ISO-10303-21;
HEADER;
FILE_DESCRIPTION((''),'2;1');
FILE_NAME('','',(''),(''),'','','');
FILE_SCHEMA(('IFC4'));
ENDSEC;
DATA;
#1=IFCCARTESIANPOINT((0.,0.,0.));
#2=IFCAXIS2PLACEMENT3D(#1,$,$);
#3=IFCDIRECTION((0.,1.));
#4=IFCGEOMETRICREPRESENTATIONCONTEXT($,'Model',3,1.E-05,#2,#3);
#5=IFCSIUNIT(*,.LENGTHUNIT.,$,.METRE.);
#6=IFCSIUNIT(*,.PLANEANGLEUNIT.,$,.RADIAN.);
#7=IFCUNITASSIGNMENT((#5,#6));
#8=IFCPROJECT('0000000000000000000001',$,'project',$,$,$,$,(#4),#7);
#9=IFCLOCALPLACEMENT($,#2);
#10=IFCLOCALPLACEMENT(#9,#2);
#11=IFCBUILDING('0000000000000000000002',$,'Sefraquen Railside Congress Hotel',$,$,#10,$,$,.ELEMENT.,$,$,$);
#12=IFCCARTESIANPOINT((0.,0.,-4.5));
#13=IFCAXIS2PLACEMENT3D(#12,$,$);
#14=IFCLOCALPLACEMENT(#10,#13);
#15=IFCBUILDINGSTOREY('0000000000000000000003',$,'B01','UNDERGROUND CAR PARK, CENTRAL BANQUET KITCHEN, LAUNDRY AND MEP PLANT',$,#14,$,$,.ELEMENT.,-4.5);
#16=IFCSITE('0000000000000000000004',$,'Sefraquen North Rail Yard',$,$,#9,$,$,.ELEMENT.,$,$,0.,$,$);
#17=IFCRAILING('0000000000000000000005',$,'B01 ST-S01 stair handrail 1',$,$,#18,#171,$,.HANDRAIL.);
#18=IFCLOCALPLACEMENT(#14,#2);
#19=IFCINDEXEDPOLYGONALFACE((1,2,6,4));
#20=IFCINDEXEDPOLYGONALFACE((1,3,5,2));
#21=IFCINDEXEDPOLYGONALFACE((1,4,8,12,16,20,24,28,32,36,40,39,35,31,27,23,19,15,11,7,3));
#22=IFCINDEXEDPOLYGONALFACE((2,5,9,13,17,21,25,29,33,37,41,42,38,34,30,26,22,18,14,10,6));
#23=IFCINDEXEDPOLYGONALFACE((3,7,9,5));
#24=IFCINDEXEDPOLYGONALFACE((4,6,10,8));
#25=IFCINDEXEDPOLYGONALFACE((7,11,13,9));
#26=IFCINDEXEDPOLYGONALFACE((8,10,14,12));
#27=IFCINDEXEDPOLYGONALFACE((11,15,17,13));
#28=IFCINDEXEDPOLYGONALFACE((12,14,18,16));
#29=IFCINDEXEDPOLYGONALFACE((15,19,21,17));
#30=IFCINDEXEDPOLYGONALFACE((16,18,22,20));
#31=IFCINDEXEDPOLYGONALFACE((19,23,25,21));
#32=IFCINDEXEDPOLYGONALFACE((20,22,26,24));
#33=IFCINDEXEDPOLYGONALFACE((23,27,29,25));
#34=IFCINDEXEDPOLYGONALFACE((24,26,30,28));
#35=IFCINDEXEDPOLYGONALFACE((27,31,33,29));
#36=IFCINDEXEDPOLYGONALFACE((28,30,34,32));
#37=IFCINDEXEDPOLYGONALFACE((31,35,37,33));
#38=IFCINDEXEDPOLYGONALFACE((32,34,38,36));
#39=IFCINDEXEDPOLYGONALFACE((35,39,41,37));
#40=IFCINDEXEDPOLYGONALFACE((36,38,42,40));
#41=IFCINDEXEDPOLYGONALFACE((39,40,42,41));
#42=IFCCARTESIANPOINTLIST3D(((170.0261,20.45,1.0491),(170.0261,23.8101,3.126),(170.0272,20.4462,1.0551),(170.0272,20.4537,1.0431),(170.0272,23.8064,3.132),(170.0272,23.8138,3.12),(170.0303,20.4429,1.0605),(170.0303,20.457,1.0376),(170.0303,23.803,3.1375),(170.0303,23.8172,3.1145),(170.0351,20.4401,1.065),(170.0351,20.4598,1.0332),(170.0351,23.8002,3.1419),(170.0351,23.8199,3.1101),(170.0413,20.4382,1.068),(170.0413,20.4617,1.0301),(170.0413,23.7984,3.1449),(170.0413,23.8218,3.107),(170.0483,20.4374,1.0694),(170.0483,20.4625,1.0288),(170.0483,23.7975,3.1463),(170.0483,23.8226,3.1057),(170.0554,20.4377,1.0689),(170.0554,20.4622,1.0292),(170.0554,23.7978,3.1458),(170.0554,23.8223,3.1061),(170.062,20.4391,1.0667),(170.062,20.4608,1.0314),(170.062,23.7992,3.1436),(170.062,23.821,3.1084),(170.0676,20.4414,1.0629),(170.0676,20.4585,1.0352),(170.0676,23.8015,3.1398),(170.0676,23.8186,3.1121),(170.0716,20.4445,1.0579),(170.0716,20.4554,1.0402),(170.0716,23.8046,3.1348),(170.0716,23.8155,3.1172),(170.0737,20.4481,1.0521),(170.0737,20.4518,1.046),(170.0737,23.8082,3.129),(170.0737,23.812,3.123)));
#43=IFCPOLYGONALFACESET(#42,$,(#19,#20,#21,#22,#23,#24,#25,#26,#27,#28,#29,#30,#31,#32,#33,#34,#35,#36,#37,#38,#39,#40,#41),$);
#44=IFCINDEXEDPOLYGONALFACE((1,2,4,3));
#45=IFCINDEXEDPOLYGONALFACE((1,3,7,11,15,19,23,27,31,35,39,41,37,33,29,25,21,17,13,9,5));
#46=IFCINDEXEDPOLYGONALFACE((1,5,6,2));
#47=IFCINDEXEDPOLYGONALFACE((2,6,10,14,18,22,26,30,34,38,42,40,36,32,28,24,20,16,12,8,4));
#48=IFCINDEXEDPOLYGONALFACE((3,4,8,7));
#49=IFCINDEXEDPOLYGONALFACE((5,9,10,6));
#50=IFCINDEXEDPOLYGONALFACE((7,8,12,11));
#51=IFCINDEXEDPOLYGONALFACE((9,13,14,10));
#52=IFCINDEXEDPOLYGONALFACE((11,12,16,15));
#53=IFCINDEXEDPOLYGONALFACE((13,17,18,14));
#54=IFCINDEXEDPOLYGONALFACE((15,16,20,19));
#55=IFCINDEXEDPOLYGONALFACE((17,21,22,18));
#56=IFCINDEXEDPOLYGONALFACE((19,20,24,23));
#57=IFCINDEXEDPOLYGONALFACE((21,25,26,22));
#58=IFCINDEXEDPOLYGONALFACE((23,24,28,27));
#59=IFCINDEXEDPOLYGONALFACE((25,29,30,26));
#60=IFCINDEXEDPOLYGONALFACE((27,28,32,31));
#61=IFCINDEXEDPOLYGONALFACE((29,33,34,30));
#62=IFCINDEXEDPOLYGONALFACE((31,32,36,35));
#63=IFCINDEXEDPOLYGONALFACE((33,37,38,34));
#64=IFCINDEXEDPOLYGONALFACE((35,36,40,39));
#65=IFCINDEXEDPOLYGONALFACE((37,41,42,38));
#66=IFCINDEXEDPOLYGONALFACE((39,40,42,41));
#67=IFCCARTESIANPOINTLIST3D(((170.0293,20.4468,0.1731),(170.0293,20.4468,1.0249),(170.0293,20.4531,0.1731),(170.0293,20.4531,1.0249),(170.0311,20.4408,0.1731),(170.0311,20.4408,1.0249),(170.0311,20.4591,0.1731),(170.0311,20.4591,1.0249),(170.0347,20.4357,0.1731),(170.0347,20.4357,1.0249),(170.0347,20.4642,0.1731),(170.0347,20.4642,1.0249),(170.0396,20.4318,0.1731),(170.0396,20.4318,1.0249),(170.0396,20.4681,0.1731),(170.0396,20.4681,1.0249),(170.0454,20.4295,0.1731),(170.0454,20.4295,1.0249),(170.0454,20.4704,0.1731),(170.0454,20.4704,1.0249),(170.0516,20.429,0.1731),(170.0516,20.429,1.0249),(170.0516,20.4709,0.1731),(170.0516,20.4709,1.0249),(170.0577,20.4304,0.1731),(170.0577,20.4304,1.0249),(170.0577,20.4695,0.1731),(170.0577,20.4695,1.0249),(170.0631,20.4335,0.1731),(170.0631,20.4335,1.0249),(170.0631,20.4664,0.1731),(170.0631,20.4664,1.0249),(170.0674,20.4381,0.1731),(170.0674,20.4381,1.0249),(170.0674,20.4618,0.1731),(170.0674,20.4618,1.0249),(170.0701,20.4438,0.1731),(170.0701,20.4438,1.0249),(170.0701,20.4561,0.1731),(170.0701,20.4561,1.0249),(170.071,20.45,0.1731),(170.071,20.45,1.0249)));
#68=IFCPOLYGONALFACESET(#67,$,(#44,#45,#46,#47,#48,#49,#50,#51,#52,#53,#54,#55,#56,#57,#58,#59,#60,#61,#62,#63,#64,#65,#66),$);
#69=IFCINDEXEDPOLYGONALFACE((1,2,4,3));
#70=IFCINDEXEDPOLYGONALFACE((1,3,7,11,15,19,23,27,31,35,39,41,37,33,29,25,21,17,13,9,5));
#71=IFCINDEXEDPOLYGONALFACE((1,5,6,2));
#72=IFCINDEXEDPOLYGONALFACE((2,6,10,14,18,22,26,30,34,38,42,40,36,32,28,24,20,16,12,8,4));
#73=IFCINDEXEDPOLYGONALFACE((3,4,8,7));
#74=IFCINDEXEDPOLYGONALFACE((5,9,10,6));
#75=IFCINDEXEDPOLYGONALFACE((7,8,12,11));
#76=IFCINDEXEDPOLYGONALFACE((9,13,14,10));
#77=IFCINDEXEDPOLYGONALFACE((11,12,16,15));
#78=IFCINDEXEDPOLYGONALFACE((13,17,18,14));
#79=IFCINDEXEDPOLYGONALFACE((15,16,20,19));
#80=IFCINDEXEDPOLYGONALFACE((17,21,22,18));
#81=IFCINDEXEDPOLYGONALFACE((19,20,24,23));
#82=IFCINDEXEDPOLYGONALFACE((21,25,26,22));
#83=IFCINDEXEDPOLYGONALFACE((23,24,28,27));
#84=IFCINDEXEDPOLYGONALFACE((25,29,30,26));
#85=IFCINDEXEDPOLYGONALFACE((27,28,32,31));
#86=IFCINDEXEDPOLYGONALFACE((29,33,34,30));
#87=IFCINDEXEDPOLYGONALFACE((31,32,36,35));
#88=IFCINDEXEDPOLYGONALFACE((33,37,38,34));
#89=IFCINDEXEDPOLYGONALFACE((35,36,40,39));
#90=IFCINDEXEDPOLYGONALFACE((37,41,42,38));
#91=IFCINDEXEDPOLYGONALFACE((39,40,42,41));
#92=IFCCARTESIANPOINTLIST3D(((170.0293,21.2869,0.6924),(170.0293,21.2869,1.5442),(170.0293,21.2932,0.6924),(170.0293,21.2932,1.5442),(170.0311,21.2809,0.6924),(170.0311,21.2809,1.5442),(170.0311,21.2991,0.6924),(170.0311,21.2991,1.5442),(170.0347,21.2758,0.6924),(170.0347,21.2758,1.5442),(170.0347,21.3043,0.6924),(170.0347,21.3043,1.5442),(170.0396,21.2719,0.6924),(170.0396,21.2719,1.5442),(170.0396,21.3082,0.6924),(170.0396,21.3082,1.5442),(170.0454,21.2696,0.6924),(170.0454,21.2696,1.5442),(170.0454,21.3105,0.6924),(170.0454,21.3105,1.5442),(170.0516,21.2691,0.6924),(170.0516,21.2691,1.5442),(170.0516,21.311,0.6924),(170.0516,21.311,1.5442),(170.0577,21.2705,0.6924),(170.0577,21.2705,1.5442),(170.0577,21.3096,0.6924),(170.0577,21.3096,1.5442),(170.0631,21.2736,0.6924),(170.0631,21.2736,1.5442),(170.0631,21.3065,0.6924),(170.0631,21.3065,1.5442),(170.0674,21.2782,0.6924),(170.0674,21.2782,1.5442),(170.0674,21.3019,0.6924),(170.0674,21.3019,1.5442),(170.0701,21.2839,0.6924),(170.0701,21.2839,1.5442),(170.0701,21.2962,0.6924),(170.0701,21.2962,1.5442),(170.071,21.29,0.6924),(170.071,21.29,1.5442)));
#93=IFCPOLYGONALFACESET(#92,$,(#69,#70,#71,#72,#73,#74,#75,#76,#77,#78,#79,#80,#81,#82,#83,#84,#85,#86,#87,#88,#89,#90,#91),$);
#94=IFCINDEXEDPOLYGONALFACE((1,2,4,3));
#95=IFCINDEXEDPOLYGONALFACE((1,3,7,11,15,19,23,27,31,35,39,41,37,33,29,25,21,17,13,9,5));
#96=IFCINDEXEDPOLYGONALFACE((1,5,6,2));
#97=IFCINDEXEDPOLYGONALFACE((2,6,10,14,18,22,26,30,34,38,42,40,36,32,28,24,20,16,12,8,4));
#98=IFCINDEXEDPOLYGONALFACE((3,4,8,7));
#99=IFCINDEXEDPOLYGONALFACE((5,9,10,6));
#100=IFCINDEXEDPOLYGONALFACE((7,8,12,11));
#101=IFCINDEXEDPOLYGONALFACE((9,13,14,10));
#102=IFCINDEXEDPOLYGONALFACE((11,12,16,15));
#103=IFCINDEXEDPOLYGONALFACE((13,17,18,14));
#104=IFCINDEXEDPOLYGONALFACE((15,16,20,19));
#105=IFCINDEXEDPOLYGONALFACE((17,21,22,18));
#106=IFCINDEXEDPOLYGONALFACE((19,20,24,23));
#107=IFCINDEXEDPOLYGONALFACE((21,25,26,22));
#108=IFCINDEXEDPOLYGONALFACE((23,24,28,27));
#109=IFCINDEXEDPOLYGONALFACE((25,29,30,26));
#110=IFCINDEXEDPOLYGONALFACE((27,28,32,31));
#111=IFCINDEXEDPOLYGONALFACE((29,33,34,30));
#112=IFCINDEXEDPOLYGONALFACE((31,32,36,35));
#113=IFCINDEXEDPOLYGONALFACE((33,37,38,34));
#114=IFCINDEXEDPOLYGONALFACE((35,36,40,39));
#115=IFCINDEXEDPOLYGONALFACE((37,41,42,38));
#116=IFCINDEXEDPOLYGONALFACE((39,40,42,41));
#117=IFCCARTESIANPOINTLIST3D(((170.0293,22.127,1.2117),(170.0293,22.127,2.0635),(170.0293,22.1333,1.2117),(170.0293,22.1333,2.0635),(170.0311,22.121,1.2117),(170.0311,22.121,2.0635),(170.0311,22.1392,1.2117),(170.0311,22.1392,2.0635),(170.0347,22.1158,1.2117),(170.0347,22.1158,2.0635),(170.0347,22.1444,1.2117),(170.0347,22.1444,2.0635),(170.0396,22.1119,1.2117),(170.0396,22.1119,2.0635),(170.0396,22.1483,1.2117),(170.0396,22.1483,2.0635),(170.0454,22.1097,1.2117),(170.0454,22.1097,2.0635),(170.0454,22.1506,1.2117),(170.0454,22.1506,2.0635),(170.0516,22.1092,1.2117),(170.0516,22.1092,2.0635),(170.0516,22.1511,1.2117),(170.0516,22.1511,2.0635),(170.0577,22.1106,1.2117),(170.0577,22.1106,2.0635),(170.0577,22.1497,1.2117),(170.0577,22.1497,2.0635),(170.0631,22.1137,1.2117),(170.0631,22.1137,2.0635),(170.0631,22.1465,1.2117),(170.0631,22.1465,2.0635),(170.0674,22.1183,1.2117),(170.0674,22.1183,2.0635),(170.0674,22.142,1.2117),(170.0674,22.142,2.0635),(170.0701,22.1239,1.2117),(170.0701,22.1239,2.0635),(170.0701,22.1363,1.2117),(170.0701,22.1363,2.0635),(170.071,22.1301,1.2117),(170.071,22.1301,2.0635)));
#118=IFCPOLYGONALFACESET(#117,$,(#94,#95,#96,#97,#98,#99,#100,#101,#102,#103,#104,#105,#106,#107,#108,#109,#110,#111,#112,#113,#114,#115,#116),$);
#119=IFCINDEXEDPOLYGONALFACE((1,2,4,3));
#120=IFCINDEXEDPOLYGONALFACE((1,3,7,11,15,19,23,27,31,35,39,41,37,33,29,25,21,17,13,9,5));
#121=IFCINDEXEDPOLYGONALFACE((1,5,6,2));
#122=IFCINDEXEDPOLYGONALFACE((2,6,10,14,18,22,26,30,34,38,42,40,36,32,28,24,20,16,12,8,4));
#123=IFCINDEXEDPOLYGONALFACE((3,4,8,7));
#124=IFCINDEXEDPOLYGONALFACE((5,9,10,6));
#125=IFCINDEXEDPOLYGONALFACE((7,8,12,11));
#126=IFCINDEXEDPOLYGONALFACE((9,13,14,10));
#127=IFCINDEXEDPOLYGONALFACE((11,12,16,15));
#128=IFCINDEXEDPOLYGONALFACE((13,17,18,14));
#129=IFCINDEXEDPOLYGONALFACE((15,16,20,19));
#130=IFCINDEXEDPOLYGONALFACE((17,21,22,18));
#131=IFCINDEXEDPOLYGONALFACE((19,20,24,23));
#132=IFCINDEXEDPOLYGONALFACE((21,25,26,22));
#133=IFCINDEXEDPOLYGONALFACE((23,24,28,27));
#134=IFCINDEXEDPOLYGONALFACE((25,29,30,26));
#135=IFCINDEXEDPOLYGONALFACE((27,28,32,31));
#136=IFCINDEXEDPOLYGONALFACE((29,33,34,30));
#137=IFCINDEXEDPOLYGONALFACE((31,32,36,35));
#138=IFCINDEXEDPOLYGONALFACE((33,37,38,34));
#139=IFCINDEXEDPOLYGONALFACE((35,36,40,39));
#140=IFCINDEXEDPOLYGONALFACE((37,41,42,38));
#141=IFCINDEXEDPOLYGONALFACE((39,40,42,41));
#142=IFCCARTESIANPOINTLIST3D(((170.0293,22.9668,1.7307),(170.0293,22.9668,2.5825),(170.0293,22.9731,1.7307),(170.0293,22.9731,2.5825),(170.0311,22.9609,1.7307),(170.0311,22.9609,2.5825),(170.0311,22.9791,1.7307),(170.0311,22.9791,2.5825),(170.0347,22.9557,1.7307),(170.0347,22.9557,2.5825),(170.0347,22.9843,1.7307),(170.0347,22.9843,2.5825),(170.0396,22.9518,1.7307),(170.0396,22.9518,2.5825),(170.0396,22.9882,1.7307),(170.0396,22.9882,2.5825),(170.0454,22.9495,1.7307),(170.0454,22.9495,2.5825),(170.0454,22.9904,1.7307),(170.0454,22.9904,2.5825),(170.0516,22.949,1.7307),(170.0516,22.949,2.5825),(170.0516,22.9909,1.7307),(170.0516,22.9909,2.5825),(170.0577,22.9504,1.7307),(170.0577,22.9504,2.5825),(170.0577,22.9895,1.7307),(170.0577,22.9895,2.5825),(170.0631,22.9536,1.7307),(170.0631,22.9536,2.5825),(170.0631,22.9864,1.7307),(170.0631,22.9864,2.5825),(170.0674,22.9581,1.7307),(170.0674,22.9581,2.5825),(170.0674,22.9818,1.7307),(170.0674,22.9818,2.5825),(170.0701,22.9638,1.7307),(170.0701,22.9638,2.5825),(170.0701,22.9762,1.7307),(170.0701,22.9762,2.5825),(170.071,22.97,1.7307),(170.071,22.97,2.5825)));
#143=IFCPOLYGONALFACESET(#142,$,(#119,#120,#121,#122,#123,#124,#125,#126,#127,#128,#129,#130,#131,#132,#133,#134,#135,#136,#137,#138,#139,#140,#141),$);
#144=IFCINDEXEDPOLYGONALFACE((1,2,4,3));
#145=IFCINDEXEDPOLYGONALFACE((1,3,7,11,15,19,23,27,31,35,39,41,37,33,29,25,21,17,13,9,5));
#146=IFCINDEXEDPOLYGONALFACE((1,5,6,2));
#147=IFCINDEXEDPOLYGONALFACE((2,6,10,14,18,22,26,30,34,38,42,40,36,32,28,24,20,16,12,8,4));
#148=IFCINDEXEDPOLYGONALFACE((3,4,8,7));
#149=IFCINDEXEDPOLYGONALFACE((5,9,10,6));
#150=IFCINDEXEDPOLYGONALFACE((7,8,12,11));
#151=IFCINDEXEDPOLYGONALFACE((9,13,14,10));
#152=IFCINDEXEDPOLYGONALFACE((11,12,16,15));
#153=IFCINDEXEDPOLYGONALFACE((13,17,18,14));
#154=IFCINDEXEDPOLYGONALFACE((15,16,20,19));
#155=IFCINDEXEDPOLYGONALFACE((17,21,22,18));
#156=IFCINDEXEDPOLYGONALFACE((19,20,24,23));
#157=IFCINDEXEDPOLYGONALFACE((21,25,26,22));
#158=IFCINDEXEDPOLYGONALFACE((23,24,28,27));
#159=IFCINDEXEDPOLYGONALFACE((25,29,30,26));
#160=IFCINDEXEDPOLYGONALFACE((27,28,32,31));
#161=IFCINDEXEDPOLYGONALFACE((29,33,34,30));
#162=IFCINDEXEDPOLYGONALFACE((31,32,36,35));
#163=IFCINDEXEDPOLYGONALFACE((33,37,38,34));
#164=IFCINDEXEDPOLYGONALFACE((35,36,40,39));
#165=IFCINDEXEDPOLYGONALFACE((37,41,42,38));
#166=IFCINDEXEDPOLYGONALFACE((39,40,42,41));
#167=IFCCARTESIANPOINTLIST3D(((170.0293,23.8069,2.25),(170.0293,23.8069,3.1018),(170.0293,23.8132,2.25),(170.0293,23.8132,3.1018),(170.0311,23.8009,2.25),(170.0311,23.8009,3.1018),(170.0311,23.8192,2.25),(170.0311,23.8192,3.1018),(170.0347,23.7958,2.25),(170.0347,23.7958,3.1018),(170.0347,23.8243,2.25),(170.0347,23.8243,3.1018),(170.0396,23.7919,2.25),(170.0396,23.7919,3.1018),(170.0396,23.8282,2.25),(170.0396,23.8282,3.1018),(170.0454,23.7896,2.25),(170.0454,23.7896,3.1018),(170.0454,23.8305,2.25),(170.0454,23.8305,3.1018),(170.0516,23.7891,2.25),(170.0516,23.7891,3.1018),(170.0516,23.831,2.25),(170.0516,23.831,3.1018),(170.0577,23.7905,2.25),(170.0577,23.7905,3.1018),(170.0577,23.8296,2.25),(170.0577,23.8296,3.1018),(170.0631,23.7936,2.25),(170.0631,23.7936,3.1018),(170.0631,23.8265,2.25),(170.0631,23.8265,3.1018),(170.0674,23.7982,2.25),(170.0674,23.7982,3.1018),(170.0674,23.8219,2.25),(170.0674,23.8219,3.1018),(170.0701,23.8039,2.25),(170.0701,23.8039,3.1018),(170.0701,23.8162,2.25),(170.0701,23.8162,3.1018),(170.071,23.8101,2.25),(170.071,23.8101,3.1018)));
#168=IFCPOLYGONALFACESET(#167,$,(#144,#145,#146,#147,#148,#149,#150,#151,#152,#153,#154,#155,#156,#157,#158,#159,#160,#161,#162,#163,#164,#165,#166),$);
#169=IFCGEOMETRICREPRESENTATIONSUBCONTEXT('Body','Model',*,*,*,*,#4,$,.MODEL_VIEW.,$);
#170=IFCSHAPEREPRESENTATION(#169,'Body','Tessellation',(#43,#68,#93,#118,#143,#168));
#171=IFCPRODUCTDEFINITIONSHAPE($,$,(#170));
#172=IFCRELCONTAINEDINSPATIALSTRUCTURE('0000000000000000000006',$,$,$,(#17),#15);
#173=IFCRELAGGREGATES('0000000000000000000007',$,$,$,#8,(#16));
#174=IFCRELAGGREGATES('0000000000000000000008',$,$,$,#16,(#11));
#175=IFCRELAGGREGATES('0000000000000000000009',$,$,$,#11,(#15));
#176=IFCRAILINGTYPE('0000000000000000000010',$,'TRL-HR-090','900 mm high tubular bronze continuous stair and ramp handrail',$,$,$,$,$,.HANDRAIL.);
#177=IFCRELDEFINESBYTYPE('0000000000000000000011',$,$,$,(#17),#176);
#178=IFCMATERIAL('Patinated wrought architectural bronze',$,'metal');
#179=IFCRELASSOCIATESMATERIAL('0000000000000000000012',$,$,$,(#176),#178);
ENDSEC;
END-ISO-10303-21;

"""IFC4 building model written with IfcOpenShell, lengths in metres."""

from ifc_helpers import new_model, si_unit, direction, frame, origin, origin_2d, place, context, subcontext, project, spatial, circle, extrude, material, type_object, element, save


model = new_model("IFC4")

# Units and contexts
model_context = context("Model", 3, precision=1e-05, world=origin(), true_north=direction((0.0, 1.0)))
body_context = subcontext(model_context, "Body", "Model", "MODEL_VIEW")
ifc_project = project(units=[si_unit("LENGTHUNIT", "METRE"), si_unit("PLANEANGLEUNIT", "RADIAN")], contexts=[model_context])

# Site, building, storey
site_placement = place(None, origin())
site = spatial("IfcSite", under=ifc_project, at=site_placement, Name="Sefraquen North Rail Yard", CompositionType="ELEMENT", RefElevation=0.0)
building_placement = place(site_placement, origin())
building = spatial("IfcBuilding", under=site, at=building_placement, Name="Sefraquen Railside Congress Hotel", CompositionType="ELEMENT")
storey_placement = place(building_placement, frame((0.0, 0.0, -4.5)))
storey = spatial("IfcBuildingStorey", under=building, at=storey_placement, Name="B01", Description="UNDERGROUND CAR PARK, CENTRAL BANQUET KITCHEN, LAUNDRY AND MEP PLANT", CompositionType="ELEMENT", Elevation=-4.5)

# Railing
ifc_material_1 = material(Name="Patinated wrought architectural bronze", Category="metal")
railing_type_1 = type_object("IfcRailingType", Name="TRL-HR-090", Description="900 mm high tubular bronze continuous stair and ramp handrail", PredefinedType="HANDRAIL", material=ifc_material_1)
railing_1_placement = place(storey_placement, frame((170.05, 20.45, 0.1731)))
element("IfcRailing", 1, at=railing_1_placement, inside=storey, type_object=railing_type_1, Name="B01 ST-S01 stair handrail 1", PredefinedType="HANDRAIL", context=body_context, shape_type="SweptSolid", body=[
    extrude(circle(Radius=0.0239, at=origin_2d()), frame((0.0, 0.0, 0.876), z_axis=(0.0, 0.850623, 0.525776), x_axis=(-1.0, 0.0, 0.0)), (0.0, 0.0, 1.0), 3.9502),
    extrude(circle(Radius=0.021, at=origin_2d()), origin(), (0.0, 0.0, 1.0), 0.8518),
    extrude(circle(Radius=0.021, at=origin_2d()), frame((0.0, 0.8401, 0.5193)), (0.0, 0.0, 1.0), 0.8518),
    extrude(circle(Radius=0.021, at=origin_2d()), frame((0.0, 1.6802, 1.0386)), (0.0, 0.0, 1.0), 0.8518),
    extrude(circle(Radius=0.021, at=origin_2d()), frame((0.0, 2.52, 1.5576)), (0.0, 0.0, 1.0), 0.8518),
    extrude(circle(Radius=0.021, at=origin_2d()), frame((0.0, 3.3601, 2.0769)), (0.0, 0.0, 1.0), 0.8518),
])

save(model, "model.ifc")
